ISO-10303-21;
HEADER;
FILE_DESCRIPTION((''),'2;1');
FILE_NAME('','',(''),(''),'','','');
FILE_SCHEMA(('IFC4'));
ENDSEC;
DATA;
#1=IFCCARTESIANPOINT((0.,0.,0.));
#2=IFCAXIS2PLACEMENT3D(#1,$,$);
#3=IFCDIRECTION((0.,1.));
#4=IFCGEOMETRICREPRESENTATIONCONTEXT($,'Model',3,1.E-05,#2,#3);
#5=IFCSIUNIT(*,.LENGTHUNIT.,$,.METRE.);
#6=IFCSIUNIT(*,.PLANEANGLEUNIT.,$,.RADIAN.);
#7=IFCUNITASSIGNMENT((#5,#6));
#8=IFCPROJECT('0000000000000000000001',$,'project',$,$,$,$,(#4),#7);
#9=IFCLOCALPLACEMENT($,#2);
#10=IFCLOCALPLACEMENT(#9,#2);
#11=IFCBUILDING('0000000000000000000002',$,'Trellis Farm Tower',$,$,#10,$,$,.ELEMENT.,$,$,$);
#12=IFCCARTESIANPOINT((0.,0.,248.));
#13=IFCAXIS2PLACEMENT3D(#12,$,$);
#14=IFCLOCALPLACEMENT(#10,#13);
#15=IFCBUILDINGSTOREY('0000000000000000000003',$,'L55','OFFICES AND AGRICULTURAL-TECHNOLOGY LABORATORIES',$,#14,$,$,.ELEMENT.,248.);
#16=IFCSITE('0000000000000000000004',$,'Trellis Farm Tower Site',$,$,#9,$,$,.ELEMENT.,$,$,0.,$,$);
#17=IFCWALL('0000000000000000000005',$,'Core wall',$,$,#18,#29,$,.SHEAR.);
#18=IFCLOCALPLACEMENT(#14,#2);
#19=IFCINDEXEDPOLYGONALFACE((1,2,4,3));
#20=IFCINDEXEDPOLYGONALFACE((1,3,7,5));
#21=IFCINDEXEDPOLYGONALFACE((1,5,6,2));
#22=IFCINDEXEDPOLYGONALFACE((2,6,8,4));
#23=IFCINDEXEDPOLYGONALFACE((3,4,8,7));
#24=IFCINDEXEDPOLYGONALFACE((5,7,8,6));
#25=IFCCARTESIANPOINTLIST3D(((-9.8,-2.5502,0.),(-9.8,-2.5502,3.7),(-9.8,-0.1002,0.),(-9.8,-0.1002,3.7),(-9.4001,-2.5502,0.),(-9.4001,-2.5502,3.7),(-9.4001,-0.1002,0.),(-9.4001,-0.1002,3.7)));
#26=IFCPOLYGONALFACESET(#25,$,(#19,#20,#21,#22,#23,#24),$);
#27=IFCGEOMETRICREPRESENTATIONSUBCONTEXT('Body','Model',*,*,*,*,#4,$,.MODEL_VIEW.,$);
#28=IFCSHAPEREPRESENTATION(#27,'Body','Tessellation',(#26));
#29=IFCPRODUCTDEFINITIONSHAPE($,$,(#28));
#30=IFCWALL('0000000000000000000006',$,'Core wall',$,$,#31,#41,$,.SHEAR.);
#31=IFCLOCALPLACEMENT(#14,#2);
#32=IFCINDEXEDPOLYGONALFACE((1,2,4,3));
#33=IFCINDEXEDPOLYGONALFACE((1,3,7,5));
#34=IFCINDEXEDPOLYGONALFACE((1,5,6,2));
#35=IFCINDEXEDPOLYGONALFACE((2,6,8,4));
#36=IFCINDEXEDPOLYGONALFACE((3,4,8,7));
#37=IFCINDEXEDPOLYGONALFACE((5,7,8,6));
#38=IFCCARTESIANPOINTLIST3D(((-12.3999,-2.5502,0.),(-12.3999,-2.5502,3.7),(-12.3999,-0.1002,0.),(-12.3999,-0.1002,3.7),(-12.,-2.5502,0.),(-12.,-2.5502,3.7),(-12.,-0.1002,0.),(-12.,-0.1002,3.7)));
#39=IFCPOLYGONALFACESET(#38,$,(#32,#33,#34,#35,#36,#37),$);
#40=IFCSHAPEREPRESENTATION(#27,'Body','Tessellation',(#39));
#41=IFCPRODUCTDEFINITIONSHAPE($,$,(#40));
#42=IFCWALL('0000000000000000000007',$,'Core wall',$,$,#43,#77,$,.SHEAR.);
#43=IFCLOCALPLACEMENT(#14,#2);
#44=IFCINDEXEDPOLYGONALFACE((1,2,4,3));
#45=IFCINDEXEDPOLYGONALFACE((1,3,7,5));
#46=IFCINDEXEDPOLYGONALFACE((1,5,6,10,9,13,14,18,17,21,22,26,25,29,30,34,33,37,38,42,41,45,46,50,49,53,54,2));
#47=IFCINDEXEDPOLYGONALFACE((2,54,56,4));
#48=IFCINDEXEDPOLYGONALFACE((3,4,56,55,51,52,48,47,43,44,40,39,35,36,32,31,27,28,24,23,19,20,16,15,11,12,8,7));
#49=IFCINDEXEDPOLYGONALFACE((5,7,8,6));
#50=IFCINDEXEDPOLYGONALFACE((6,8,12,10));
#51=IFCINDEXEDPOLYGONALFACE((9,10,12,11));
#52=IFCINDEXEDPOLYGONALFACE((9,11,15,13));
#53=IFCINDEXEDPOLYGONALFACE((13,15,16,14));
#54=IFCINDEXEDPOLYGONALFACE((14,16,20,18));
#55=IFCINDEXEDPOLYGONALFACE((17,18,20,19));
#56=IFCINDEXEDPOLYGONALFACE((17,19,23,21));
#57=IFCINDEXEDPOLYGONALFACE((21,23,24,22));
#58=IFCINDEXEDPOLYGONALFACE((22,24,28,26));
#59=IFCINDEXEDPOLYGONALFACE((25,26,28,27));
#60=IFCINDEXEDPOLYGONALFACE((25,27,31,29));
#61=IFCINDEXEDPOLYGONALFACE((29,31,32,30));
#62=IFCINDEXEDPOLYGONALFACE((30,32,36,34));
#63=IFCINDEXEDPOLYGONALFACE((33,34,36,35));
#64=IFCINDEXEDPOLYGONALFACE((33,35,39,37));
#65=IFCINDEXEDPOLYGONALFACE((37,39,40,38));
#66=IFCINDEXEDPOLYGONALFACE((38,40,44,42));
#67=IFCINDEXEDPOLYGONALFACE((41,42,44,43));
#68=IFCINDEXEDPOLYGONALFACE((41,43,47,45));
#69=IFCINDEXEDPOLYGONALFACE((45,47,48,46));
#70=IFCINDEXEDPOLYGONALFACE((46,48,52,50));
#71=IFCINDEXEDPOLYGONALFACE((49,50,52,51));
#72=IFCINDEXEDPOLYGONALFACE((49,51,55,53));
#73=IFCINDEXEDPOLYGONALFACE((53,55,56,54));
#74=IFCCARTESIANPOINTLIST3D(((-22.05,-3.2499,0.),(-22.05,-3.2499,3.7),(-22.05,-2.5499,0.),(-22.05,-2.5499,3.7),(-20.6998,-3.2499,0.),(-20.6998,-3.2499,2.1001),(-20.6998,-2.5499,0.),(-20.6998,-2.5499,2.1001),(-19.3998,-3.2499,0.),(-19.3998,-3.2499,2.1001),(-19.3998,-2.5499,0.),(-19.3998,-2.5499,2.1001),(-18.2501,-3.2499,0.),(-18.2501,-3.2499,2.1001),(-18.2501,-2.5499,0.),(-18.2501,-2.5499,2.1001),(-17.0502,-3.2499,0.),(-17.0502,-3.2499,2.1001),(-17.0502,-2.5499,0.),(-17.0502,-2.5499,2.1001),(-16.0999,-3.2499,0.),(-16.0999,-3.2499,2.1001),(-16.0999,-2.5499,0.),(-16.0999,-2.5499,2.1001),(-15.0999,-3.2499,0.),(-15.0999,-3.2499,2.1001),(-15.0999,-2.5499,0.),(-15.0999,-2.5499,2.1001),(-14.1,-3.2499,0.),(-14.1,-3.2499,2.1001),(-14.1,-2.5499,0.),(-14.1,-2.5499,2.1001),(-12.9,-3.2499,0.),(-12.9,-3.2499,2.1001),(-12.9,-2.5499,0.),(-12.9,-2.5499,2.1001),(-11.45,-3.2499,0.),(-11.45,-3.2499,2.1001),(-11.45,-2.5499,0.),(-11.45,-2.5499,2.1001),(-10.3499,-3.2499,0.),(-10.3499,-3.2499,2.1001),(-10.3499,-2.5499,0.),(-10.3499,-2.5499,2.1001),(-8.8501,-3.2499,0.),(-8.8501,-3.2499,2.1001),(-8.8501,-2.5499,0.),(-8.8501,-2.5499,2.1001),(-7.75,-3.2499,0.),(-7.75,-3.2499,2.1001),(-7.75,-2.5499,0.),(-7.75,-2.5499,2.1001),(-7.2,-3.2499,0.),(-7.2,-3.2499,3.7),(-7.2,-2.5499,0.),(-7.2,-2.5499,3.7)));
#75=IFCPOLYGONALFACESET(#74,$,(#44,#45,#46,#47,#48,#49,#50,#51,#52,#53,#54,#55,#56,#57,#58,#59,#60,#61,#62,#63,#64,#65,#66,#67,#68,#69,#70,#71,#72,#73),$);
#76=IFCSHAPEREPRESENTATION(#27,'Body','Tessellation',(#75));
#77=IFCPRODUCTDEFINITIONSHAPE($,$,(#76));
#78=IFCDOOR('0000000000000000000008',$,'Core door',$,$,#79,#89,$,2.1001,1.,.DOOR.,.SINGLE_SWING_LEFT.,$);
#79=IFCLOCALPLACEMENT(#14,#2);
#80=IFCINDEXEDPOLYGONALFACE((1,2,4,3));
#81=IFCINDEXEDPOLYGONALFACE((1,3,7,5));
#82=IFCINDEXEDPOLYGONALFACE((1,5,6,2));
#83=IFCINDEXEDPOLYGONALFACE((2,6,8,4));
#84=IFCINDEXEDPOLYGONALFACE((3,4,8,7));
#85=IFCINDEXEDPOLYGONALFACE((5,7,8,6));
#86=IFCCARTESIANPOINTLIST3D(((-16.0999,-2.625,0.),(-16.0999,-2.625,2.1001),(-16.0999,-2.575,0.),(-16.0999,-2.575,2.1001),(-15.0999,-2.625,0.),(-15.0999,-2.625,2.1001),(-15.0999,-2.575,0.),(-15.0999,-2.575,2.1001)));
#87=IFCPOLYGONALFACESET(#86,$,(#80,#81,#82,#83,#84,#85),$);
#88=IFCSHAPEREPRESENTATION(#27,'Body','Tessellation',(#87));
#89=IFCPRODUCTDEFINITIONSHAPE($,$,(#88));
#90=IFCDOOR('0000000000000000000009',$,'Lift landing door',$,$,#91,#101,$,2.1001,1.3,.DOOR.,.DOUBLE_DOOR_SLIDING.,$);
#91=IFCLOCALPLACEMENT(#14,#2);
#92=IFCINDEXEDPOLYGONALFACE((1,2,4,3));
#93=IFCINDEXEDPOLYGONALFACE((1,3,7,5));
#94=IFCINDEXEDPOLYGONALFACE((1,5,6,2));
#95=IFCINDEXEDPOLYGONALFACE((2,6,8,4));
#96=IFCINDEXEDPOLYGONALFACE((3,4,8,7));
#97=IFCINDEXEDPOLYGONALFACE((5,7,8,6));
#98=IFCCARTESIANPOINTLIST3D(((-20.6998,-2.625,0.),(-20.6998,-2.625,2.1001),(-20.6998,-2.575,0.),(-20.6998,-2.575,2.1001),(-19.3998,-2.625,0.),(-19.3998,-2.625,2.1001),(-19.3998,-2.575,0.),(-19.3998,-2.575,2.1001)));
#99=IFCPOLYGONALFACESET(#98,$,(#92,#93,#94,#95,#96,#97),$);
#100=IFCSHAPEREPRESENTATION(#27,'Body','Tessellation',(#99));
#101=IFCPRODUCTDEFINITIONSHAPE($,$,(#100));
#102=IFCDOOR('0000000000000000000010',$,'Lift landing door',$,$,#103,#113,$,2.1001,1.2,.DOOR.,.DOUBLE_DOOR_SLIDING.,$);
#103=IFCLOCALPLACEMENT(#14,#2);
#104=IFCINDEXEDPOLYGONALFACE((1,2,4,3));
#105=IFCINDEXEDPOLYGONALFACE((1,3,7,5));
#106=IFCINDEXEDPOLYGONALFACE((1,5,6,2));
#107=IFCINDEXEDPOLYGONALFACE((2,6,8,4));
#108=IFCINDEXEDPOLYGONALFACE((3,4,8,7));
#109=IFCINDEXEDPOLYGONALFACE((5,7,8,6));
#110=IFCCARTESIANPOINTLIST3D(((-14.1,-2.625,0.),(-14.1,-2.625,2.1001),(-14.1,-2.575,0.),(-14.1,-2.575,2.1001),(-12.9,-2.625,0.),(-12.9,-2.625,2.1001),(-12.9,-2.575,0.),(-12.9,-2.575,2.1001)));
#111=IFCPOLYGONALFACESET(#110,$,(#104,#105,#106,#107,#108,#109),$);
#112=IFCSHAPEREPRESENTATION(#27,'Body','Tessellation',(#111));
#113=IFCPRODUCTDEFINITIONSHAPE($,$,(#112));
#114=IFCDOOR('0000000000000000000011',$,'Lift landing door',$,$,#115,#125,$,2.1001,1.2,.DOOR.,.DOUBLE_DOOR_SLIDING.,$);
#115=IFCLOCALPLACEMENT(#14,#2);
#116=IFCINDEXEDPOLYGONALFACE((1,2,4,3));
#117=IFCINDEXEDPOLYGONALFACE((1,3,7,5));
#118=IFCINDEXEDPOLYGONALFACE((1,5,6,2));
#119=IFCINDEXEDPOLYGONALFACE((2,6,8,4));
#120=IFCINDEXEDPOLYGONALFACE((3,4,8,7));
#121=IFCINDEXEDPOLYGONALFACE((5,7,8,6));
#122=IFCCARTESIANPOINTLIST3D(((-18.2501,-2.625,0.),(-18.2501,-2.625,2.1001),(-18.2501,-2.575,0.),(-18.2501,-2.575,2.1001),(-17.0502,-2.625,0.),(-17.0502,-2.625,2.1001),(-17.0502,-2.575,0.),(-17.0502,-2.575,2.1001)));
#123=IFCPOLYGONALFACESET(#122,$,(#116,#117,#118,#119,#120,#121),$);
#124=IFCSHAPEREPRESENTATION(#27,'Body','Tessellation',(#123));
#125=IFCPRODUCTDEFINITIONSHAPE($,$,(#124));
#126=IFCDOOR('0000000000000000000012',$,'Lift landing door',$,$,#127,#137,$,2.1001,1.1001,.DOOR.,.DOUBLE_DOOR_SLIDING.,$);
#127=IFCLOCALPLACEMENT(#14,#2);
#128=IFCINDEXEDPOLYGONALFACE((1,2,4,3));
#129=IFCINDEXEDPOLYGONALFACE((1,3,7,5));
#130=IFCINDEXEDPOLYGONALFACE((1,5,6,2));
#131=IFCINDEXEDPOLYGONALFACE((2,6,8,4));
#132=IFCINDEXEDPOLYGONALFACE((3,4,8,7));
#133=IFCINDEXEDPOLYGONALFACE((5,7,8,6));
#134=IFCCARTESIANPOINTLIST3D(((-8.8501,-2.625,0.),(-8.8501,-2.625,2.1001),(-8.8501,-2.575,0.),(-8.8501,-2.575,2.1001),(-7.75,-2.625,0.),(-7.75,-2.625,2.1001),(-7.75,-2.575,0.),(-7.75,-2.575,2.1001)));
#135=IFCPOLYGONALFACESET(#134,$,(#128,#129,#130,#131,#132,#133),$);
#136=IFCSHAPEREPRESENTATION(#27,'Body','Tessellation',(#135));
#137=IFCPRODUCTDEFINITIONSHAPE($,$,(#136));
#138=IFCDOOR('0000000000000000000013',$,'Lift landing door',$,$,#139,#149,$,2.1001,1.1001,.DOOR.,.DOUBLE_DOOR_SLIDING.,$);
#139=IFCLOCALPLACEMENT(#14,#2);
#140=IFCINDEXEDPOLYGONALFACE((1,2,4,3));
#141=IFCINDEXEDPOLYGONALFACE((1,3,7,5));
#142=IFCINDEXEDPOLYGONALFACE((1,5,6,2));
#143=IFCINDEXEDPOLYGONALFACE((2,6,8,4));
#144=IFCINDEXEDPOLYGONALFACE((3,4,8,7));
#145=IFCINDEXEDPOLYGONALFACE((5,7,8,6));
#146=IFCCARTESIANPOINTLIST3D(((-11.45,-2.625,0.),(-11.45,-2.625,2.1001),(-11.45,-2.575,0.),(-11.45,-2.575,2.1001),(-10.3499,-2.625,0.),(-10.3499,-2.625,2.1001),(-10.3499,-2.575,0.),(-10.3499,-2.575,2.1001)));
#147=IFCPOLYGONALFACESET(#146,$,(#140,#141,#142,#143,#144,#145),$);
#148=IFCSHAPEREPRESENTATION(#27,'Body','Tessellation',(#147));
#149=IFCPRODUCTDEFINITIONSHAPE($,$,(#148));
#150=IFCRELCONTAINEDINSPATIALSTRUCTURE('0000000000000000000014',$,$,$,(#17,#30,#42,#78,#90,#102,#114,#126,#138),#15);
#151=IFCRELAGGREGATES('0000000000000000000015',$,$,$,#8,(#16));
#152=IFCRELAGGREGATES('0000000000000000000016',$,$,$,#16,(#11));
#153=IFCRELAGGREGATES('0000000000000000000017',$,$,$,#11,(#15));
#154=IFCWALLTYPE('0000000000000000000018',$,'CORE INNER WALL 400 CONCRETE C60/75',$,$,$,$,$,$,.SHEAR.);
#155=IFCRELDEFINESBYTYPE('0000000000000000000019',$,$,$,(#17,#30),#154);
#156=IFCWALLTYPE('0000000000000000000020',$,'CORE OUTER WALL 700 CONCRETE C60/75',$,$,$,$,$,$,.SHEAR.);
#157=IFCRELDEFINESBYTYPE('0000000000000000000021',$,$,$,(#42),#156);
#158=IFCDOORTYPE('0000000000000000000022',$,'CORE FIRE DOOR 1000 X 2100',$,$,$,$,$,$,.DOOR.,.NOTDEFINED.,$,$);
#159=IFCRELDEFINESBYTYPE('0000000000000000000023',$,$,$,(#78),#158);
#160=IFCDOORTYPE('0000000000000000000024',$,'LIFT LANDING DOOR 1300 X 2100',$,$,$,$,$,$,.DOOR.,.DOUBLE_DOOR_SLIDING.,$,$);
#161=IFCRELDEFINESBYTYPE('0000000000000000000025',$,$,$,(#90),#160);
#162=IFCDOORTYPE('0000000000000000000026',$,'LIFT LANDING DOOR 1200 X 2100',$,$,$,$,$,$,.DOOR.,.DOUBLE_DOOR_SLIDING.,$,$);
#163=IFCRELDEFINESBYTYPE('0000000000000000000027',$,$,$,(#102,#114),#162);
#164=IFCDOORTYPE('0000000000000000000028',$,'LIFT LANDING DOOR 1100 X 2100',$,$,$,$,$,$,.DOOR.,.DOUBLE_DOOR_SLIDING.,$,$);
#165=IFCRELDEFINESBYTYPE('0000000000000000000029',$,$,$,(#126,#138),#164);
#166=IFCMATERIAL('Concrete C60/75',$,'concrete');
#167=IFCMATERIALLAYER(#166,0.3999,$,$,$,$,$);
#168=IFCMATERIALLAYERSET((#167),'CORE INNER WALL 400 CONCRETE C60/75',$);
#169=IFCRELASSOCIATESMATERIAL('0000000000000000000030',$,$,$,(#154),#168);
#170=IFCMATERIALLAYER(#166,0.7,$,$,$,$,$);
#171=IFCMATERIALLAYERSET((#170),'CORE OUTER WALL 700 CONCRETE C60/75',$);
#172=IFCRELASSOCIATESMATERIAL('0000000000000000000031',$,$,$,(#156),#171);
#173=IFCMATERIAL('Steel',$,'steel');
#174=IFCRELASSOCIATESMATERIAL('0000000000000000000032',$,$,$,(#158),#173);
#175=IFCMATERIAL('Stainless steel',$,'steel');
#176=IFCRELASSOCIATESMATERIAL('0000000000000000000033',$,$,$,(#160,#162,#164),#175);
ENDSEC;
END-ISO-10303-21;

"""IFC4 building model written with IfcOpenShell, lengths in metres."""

from ifc_helpers import new_model, si_unit, direction, frame, frame_2d, origin, place, context, subcontext, project, spatial, rectangle, extrude, source, transform, mapped, material, layer, layer_set, type_object, element, fill, save


model = new_model("IFC4")

# Units and contexts
model_context = context("Model", 3, precision=1e-05, world=origin(), true_north=direction((0.0, 1.0)))
body_context = subcontext(model_context, "Body", "Model", "MODEL_VIEW")
ifc_project = project(units=[si_unit("LENGTHUNIT", "METRE"), si_unit("PLANEANGLEUNIT", "RADIAN")], contexts=[model_context])

# Site, building, storey
site_placement = place(None, origin())
site = spatial("IfcSite", under=ifc_project, at=site_placement, Name="Trellis Farm Tower Site", CompositionType="ELEMENT", RefElevation=0.0)
building_placement = place(site_placement, origin())
building = spatial("IfcBuilding", under=site, at=building_placement, Name="Trellis Farm Tower", CompositionType="ELEMENT")
storey_placement = place(building_placement, frame((0.0, 0.0, 248.0)))
storey = spatial("IfcBuildingStorey", under=building, at=storey_placement, Name="L55", Description="OFFICES AND AGRICULTURAL-TECHNOLOGY LABORATORIES", CompositionType="ELEMENT", Elevation=248.0)

# Shared definitions
ifc_material_1 = material(Name="Concrete C60/75", Category="concrete")

# Walls
ifc_layer_1 = layer(ifc_material_1, 0.3999)
ifc_layer_set_1 = layer_set([ifc_layer_1], Name="CORE INNER WALL 400 CONCRETE C60/75")
wall_type_1 = type_object("IfcWallType", Name="CORE INNER WALL 400 CONCRETE C60/75", PredefinedType="SHEAR", material=ifc_layer_set_1)
shared_shape_1 = source(origin(), body_context, "Body", "SweptSolid", [
    extrude(rectangle(XDim=2.45, YDim=0.3999, at=frame_2d((1.2251, 0.0))), origin(), (0.0, 0.0, 1.0), 3.7),
])
for number, where, z_axis, x_axis, name in (
    (1, (-9.6001, -0.1001, 0.0), (0.0, 0.0, 1.0), (0.0, -1.0, 0.0), "Core wall"),
    (2, (-12.2, -0.1001, 0.0), (0.0, 0.0, 1.0), (0.0, -1.0, 0.0), "Core wall"),
):
    element("IfcWall", number, at=place(storey_placement, frame(where, z_axis=z_axis, x_axis=x_axis)), inside=storey, type_object=wall_type_1, Name=name, PredefinedType="SHEAR", context=body_context, shape_type="MappedRepresentation", body=[
        mapped(shared_shape_1, transform((0.0, 0.0, 0.0))),
    ])

# Wall, openings, doors
ifc_layer_2 = layer(ifc_material_1, 0.7)
ifc_layer_set_2 = layer_set([ifc_layer_2], Name="CORE OUTER WALL 700 CONCRETE C60/75")
wall_type_2 = type_object("IfcWallType", Name="CORE OUTER WALL 700 CONCRETE C60/75", PredefinedType="SHEAR", material=ifc_layer_set_2)
shared_shape_2 = source(origin(), body_context, "Body", "SweptSolid", [
    extrude(rectangle(XDim=14.8501, YDim=0.7, at=frame_2d((7.425, 0.0))), origin(), (0.0, 0.0, 1.0), 3.7),
])
wall_1_placement = place(storey_placement, frame((-7.2, -2.8999, 0.0), z_axis=(0.0, 0.0, 1.0), x_axis=(-1.0, 0.0, 0.0)))
wall_1 = element("IfcWall", 3, at=wall_1_placement, inside=storey, type_object=wall_type_2, Name="Core wall", PredefinedType="SHEAR", context=body_context, shape_type="MappedRepresentation", body=[
    mapped(shared_shape_2, transform((0.0, 0.0, 0.0))),
])
shared_shape_3 = source(origin(), body_context, "Body", "SweptSolid", [
    extrude(rectangle(XDim=1.1001, YDim=2.1001, at=frame_2d((0.55, 1.05))), frame((0.0, 0.3601, 0.0), z_axis=(0.0, -1.0, 0.0), x_axis=(1.0, 0.0, 0.0)), (0.0, 0.0, 1.0), 0.7202),
])
opening_1_placement = place(wall_1_placement, frame((0.55, 0.0, 0.0)))
opening_1 = element("IfcOpeningElement", 4, at=opening_1_placement, cuts=wall_1, PredefinedType="OPENING", context=body_context, shape_type="MappedRepresentation", body=[
    mapped(shared_shape_3, transform((0.0, 0.0, 0.0))),
])
opening_2_placement = place(wall_1_placement, frame((3.1499, 0.0, 0.0)))
opening_2 = element("IfcOpeningElement", 5, at=opening_2_placement, cuts=wall_1, PredefinedType="OPENING", context=body_context, shape_type="MappedRepresentation", body=[
    mapped(shared_shape_3, transform((0.0, 0.0, 0.0))),
])
shared_shape_4 = source(origin(), body_context, "Body", "SweptSolid", [
    extrude(rectangle(XDim=1.2, YDim=2.1001, at=frame_2d((0.6001, 1.05))), frame((0.0, 0.3601, 0.0), z_axis=(0.0, -1.0, 0.0), x_axis=(1.0, 0.0, 0.0)), (0.0, 0.0, 1.0), 0.7202),
])
opening_3_placement = place(wall_1_placement, frame((5.7, 0.0, 0.0)))
opening_3 = element("IfcOpeningElement", 6, at=opening_3_placement, cuts=wall_1, PredefinedType="OPENING", context=body_context, shape_type="MappedRepresentation", body=[
    mapped(shared_shape_4, transform((0.0, 0.0, 0.0))),
])
shared_shape_5 = source(origin(), body_context, "Body", "SweptSolid", [
    extrude(rectangle(XDim=1.3, YDim=2.1001, at=frame_2d((0.6499, 1.05))), frame((0.0, 0.3601, 0.0), z_axis=(0.0, -1.0, 0.0), x_axis=(1.0, 0.0, 0.0)), (0.0, 0.0, 1.0), 0.7202),
])
opening_4_placement = place(wall_1_placement, frame((12.2, 0.0, 0.0)))
opening_4 = element("IfcOpeningElement", 7, at=opening_4_placement, cuts=wall_1, PredefinedType="OPENING", context=body_context, shape_type="MappedRepresentation", body=[
    mapped(shared_shape_5, transform((0.0, 0.0, 0.0))),
])
opening_5_placement = place(wall_1_placement, frame((9.8501, 0.0, 0.0)))
opening_5 = element("IfcOpeningElement", 8, at=opening_5_placement, cuts=wall_1, PredefinedType="OPENING", context=body_context, shape_type="MappedRepresentation", body=[
    mapped(shared_shape_4, transform((0.0, 0.0, 0.0))),
])
shared_shape_6 = source(origin(), body_context, "Body", "SweptSolid", [
    extrude(rectangle(XDim=1.0, YDim=2.1001, at=frame_2d((0.5, 1.05))), frame((0.0, 0.3601, 0.0), z_axis=(0.0, -1.0, 0.0), x_axis=(1.0, 0.0, 0.0)), (0.0, 0.0, 1.0), 0.7202),
])
opening_6_placement = place(wall_1_placement, frame((7.8999, 0.0, 0.0)))
opening_6 = element("IfcOpeningElement", 9, at=opening_6_placement, cuts=wall_1, PredefinedType="OPENING", context=body_context, shape_type="MappedRepresentation", body=[
    mapped(shared_shape_6, transform((0.0, 0.0, 0.0))),
])
ifc_material_2 = material(Name="Steel", Category="steel")
door_type_1 = type_object("IfcDoorType", Name="CORE FIRE DOOR 1000 X 2100", OperationType="NOTDEFINED", PredefinedType="DOOR", material=ifc_material_2)
shared_shape_7 = source(origin(), body_context, "Body", "SweptSolid", [
    extrude(rectangle(XDim=1.0, YDim=2.1001, at=frame_2d((0.5, 1.05))), frame((0.0, -0.2749, 0.0), z_axis=(0.0, -1.0, 0.0), x_axis=(1.0, 0.0, 0.0)), (0.0, 0.0, 1.0), 0.05),
])
door_1_placement = place(opening_6_placement, origin())
door_1 = element("IfcDoor", 10, at=door_1_placement, inside=storey, type_object=door_type_1, Name="Core door", OperationType="SINGLE_SWING_LEFT", OverallHeight=2.1001, OverallWidth=1.0, PredefinedType="DOOR", context=body_context, shape_type="MappedRepresentation", body=[
    mapped(shared_shape_7, transform((0.0, 0.0, 0.0))),
])
fill(opening_6, door_1)
ifc_material_3 = material(Name="Stainless steel", Category="steel")
door_type_2 = type_object("IfcDoorType", Name="LIFT LANDING DOOR 1300 X 2100", OperationType="DOUBLE_DOOR_SLIDING", PredefinedType="DOOR", material=ifc_material_3)
shared_shape_8 = source(origin(), body_context, "Body", "SweptSolid", [
    extrude(rectangle(XDim=1.3, YDim=2.1001, at=frame_2d((0.6499, 1.05))), frame((0.0, -0.2749, 0.0), z_axis=(0.0, -1.0, 0.0), x_axis=(1.0, 0.0, 0.0)), (0.0, 0.0, 1.0), 0.05),
])
door_2_placement = place(opening_4_placement, origin())
door_2 = element("IfcDoor", 11, at=door_2_placement, inside=storey, type_object=door_type_2, Name="Lift landing door", OperationType="DOUBLE_DOOR_SLIDING", OverallHeight=2.1001, OverallWidth=1.3, PredefinedType="DOOR", context=body_context, shape_type="MappedRepresentation", body=[
    mapped(shared_shape_8, transform((0.0, 0.0, 0.0))),
])
fill(opening_4, door_2)
door_type_3 = type_object("IfcDoorType", Name="LIFT LANDING DOOR 1200 X 2100", OperationType="DOUBLE_DOOR_SLIDING", PredefinedType="DOOR", material=ifc_material_3)
shared_shape_9 = source(origin(), body_context, "Body", "SweptSolid", [
    extrude(rectangle(XDim=1.2, YDim=2.1001, at=frame_2d((0.6001, 1.05))), frame((0.0, -0.2749, 0.0), z_axis=(0.0, -1.0, 0.0), x_axis=(1.0, 0.0, 0.0)), (0.0, 0.0, 1.0), 0.05),
])
door_3_placement = place(opening_3_placement, origin())
door_3 = element("IfcDoor", 12, at=door_3_placement, inside=storey, type_object=door_type_3, Name="Lift landing door", OperationType="DOUBLE_DOOR_SLIDING", OverallHeight=2.1001, OverallWidth=1.2, PredefinedType="DOOR", context=body_context, shape_type="MappedRepresentation", body=[
    mapped(shared_shape_9, transform((0.0, 0.0, 0.0))),
])
fill(opening_3, door_3)
door_4_placement = place(opening_5_placement, origin())
door_4 = element("IfcDoor", 13, at=door_4_placement, inside=storey, type_object=door_type_3, Name="Lift landing door", OperationType="DOUBLE_DOOR_SLIDING", OverallHeight=2.1001, OverallWidth=1.2, PredefinedType="DOOR", context=body_context, shape_type="MappedRepresentation", body=[
    mapped(shared_shape_9, transform((0.0, 0.0, 0.0))),
])
fill(opening_5, door_4)
door_type_4 = type_object("IfcDoorType", Name="LIFT LANDING DOOR 1100 X 2100", OperationType="DOUBLE_DOOR_SLIDING", PredefinedType="DOOR", material=ifc_material_3)
shared_shape_10 = source(origin(), body_context, "Body", "SweptSolid", [
    extrude(rectangle(XDim=1.1001, YDim=2.1001, at=frame_2d((0.55, 1.05))), frame((0.0, -0.2749, 0.0), z_axis=(0.0, -1.0, 0.0), x_axis=(1.0, 0.0, 0.0)), (0.0, 0.0, 1.0), 0.05),
])
door_5_placement = place(opening_1_placement, origin())
door_5 = element("IfcDoor", 14, at=door_5_placement, inside=storey, type_object=door_type_4, Name="Lift landing door", OperationType="DOUBLE_DOOR_SLIDING", OverallHeight=2.1001, OverallWidth=1.1001, PredefinedType="DOOR", context=body_context, shape_type="MappedRepresentation", body=[
    mapped(shared_shape_10, transform((0.0, 0.0, 0.0))),
])
fill(opening_1, door_5)
door_6_placement = place(opening_2_placement, origin())
door_6 = element("IfcDoor", 15, at=door_6_placement, inside=storey, type_object=door_type_4, Name="Lift landing door", OperationType="DOUBLE_DOOR_SLIDING", OverallHeight=2.1001, OverallWidth=1.1001, PredefinedType="DOOR", context=body_context, shape_type="MappedRepresentation", body=[
    mapped(shared_shape_10, transform((0.0, 0.0, 0.0))),
])
fill(opening_2, door_6)

save(model, "model.ifc")
